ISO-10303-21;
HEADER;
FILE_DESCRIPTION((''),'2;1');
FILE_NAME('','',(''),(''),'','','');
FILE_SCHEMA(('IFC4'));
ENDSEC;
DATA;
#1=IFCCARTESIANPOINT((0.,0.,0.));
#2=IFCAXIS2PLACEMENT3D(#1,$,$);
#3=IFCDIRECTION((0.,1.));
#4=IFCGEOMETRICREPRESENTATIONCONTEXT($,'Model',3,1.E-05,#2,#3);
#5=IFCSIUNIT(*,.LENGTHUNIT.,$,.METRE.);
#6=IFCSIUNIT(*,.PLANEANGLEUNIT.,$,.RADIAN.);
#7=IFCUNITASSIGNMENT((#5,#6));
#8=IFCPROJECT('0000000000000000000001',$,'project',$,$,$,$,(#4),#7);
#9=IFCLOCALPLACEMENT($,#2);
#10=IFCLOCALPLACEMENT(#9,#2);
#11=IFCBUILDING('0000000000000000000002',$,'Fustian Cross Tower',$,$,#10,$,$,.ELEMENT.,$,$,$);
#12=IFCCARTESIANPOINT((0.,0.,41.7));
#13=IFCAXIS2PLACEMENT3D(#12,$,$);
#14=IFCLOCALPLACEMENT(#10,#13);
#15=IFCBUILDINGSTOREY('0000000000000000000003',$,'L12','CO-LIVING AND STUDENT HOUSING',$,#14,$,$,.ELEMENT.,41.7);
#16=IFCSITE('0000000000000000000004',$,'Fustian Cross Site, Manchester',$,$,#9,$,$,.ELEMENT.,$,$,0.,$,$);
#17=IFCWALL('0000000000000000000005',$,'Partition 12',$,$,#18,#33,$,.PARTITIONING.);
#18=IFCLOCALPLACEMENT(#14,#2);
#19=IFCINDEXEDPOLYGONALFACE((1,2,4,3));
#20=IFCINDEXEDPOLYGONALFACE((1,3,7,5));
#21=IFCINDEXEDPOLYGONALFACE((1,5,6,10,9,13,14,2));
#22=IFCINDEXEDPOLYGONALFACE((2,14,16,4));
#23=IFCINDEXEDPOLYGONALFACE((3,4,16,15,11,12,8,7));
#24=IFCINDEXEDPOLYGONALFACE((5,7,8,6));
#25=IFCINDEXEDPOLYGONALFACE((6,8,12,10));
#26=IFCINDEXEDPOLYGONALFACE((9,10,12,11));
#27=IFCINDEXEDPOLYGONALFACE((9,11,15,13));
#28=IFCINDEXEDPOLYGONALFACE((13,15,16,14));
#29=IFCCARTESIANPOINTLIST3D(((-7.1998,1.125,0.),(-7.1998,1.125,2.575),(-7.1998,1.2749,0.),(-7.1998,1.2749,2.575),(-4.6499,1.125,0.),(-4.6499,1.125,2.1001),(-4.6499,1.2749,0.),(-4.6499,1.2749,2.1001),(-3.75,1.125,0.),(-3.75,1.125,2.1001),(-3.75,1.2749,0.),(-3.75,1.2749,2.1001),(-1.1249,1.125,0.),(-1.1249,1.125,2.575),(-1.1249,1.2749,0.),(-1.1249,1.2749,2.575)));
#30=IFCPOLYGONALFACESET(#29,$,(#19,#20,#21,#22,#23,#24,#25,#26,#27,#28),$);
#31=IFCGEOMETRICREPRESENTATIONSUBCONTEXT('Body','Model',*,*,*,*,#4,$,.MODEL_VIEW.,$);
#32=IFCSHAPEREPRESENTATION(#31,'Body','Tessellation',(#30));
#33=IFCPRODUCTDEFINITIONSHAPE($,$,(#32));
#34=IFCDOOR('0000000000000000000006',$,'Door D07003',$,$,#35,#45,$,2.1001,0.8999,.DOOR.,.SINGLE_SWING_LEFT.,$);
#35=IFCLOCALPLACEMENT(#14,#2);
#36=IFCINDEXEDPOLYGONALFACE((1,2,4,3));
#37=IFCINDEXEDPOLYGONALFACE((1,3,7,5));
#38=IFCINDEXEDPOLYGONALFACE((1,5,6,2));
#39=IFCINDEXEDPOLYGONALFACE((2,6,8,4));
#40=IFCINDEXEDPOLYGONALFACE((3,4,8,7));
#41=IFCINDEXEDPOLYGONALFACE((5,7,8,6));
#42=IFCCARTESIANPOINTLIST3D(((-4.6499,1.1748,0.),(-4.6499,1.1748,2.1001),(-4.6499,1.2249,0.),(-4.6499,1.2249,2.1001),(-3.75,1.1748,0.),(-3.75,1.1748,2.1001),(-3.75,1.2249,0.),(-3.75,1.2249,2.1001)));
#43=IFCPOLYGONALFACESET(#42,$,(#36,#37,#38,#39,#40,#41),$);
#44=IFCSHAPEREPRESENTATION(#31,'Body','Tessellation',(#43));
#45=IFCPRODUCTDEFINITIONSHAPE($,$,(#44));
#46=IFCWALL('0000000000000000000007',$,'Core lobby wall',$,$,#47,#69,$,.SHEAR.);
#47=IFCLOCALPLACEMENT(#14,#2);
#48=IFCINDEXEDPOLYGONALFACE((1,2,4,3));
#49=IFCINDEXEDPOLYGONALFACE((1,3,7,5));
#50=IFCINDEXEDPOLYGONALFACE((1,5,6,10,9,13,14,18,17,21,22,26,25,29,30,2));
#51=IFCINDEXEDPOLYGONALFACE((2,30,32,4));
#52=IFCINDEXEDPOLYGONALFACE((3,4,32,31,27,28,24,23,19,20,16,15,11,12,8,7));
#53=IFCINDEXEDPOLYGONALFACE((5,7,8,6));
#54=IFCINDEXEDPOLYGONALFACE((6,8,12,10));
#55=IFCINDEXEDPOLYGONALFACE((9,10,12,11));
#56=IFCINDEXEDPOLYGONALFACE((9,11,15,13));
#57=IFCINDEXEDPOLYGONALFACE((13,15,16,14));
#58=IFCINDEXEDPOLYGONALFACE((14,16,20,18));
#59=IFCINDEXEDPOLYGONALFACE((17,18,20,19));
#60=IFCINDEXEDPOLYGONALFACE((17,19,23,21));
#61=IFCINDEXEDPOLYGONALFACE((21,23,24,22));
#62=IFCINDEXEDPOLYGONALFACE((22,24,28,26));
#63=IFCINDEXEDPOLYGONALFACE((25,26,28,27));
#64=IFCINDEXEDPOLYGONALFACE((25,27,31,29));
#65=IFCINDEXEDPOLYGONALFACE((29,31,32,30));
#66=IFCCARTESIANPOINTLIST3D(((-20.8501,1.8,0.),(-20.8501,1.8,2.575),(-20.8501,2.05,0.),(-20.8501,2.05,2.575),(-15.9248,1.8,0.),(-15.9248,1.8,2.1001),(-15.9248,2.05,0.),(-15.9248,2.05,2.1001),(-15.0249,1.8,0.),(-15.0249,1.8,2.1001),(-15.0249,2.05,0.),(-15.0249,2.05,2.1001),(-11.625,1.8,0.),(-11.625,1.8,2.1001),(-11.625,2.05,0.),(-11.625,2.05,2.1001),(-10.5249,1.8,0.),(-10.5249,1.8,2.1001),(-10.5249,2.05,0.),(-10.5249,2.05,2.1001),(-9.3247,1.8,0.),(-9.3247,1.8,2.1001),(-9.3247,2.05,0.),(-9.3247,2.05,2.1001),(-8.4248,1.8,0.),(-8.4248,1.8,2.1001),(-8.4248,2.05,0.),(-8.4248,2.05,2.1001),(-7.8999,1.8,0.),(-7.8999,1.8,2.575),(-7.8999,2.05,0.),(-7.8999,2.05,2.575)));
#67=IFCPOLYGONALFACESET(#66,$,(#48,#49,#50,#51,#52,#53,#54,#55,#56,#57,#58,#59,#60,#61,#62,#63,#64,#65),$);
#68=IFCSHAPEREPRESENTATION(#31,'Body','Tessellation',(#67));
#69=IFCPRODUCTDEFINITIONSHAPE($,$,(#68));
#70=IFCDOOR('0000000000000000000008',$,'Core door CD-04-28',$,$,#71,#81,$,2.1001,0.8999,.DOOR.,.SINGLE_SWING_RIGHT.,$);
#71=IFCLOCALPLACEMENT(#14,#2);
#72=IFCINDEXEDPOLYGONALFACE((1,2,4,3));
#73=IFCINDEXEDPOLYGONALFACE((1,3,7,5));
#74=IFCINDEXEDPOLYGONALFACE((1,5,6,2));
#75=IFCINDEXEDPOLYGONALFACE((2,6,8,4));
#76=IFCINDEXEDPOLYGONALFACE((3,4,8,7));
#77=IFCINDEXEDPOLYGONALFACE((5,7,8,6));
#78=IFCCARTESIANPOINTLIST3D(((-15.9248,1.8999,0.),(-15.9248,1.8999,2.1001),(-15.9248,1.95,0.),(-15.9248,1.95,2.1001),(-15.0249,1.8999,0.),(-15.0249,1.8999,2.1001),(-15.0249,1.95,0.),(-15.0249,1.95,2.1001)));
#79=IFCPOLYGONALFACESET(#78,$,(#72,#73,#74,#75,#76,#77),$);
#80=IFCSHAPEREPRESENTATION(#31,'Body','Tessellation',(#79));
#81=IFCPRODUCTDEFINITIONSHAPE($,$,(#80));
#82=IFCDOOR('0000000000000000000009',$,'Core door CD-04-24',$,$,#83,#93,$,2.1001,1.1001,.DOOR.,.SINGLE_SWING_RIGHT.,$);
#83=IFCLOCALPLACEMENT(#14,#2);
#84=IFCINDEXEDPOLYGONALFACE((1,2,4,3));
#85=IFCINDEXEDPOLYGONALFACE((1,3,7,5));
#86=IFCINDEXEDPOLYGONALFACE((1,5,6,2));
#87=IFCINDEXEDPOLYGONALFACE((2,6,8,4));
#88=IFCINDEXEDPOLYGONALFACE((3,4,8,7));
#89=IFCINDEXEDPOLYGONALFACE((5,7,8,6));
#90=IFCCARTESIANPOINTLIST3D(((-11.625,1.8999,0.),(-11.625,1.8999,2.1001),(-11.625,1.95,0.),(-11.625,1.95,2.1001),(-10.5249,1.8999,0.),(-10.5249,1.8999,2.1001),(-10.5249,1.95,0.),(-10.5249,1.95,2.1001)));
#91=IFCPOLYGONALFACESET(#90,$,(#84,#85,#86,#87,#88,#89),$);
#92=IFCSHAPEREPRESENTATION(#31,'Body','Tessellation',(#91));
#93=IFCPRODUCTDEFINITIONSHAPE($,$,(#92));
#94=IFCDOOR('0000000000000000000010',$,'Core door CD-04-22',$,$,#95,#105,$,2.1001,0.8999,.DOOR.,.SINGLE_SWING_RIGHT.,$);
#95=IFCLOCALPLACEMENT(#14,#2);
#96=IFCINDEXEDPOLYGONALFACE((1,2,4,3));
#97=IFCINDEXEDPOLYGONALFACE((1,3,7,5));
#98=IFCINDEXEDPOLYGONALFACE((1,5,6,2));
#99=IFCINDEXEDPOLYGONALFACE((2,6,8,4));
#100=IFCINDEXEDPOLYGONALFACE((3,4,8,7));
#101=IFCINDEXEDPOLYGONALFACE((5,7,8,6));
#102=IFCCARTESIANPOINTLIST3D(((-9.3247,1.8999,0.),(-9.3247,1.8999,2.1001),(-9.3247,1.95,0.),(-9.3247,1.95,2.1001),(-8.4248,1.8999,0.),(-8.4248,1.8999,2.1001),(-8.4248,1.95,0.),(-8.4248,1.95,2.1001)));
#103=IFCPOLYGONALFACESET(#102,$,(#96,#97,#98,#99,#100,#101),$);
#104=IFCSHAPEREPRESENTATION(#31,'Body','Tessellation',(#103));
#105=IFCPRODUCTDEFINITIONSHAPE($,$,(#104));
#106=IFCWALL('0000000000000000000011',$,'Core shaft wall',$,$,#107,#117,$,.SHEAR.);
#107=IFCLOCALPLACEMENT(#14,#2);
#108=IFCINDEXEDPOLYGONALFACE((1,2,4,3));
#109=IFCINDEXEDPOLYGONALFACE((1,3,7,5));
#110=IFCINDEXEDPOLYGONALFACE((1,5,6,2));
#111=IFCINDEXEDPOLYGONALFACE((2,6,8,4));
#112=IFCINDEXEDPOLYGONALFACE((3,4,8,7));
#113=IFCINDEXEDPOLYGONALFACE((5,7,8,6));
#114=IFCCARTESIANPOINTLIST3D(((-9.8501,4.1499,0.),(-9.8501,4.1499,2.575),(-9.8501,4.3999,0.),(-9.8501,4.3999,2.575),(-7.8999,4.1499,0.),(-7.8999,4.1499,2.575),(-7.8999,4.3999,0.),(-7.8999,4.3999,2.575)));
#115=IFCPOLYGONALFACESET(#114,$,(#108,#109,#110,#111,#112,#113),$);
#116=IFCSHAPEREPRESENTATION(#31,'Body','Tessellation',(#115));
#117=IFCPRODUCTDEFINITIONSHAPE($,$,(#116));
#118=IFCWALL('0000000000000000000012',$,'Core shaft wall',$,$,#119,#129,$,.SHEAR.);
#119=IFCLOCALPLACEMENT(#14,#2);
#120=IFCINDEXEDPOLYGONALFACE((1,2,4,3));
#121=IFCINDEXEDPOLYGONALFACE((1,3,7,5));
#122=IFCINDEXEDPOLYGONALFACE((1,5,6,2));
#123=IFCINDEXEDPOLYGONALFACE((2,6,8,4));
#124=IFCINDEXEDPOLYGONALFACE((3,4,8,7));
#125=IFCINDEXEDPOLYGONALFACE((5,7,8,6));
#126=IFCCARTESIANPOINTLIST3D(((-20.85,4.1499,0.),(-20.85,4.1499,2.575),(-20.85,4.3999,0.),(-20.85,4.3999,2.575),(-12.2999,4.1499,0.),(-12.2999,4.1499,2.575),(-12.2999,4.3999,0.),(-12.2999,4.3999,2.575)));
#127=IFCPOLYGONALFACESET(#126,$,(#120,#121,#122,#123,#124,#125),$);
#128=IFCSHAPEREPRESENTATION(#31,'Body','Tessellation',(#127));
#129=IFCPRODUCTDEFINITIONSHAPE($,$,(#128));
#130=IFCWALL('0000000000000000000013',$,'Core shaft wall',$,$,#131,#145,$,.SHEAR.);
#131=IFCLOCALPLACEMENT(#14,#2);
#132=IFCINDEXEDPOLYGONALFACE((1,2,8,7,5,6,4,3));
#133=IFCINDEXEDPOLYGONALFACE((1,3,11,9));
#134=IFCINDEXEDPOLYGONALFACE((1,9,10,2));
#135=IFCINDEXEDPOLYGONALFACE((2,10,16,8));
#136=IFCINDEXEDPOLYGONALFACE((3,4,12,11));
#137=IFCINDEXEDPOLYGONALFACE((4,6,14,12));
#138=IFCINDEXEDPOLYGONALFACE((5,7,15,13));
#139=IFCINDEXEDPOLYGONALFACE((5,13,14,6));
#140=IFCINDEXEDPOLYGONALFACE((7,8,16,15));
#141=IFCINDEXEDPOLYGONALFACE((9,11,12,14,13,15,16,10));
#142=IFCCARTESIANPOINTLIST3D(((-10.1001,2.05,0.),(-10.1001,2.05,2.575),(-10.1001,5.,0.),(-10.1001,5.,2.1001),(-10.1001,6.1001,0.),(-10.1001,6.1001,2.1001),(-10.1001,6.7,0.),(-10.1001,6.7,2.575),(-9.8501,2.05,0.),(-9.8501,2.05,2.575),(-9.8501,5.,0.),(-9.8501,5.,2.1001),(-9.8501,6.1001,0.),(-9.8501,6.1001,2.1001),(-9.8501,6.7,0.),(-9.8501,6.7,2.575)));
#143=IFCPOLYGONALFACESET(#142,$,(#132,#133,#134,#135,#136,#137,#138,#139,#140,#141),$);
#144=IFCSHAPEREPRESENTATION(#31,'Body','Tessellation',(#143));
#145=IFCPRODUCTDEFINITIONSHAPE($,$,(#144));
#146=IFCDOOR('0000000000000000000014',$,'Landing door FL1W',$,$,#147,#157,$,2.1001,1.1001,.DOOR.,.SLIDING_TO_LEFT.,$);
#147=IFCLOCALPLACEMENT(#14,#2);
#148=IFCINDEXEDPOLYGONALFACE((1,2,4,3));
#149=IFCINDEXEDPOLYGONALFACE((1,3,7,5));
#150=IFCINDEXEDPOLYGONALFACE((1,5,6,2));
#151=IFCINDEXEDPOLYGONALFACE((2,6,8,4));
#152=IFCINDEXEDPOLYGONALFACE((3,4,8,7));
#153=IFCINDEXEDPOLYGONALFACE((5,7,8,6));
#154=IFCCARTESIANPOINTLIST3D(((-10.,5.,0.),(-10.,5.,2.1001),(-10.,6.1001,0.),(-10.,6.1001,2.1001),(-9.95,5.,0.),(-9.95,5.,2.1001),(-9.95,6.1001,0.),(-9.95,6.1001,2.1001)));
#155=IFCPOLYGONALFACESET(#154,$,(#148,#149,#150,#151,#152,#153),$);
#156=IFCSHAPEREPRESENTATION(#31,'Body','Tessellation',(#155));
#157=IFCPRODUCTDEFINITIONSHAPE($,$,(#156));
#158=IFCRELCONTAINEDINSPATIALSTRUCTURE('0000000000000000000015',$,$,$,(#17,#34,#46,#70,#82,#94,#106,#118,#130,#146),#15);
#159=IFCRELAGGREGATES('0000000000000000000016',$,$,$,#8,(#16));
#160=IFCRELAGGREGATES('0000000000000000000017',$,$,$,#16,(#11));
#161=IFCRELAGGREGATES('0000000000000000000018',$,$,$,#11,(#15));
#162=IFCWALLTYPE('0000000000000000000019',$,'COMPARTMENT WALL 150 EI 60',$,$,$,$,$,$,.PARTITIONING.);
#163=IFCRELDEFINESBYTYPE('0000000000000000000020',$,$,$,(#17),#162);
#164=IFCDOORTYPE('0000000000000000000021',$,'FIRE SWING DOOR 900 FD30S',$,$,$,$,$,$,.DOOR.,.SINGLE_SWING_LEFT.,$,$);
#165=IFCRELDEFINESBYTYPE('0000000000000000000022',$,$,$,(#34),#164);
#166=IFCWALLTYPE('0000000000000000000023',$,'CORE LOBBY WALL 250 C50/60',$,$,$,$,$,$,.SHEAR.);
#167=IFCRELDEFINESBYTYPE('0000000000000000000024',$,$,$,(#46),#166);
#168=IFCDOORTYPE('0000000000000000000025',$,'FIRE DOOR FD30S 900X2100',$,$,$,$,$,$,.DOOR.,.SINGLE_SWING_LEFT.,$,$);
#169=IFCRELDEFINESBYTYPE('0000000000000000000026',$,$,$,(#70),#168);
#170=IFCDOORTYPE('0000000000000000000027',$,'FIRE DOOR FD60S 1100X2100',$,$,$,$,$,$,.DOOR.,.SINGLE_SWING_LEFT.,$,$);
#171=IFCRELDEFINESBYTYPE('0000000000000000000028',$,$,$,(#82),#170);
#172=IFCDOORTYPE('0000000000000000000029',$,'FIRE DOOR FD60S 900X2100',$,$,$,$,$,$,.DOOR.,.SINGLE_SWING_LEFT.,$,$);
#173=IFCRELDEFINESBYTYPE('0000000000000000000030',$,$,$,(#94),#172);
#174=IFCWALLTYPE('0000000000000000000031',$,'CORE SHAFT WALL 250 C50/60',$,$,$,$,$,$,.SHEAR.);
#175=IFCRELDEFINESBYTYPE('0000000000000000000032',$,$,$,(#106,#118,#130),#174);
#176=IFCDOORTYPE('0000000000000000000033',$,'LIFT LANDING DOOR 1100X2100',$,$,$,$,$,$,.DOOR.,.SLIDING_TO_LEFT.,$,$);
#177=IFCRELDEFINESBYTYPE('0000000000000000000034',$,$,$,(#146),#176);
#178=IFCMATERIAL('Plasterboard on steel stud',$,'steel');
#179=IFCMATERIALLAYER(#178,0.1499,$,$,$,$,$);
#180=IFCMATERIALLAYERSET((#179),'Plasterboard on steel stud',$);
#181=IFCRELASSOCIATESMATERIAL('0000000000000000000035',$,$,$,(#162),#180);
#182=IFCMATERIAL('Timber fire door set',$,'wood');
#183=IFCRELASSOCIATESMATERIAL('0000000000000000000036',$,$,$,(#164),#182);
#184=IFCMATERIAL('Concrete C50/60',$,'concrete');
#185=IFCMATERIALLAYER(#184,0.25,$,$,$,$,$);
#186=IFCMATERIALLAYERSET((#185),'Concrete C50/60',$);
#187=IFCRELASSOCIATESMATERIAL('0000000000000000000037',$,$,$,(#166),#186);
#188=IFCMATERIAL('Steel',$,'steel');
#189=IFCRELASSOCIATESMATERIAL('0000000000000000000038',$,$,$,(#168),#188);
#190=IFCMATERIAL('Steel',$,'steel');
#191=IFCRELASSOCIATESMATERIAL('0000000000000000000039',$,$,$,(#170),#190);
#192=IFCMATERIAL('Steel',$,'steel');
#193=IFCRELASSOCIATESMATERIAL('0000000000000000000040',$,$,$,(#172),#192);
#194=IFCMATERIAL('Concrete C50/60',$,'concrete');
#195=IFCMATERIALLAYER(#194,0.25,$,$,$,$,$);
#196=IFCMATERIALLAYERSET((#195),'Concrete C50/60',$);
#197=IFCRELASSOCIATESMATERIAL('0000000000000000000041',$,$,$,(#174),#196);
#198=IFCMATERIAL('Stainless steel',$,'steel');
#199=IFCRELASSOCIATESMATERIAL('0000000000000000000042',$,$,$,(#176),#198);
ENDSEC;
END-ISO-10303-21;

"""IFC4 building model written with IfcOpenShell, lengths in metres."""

from ifc_helpers import new_model, si_unit, direction, frame, frame_2d, origin, place, context, subcontext, project, spatial, rectangle, extrude, material, layer, layer_set, type_object, element, fill, save


model = new_model("IFC4")

# Units and contexts
model_context = context("Model", 3, precision=1e-05, world=origin(), true_north=direction((0.0, 1.0)))
body_context = subcontext(model_context, "Body", "Model", "MODEL_VIEW")
ifc_project = project(units=[si_unit("LENGTHUNIT", "METRE"), si_unit("PLANEANGLEUNIT", "RADIAN")], contexts=[model_context])

# Site, building, storey
site_placement = place(None, origin())
site = spatial("IfcSite", under=ifc_project, at=site_placement, Name="Fustian Cross Site, Manchester", CompositionType="ELEMENT", RefElevation=0.0)
building_placement = place(site_placement, origin())
building = spatial("IfcBuilding", under=site, at=building_placement, Name="Fustian Cross Tower", CompositionType="ELEMENT")
storey_placement = place(building_placement, frame((0.0, 0.0, 41.7)))
storey = spatial("IfcBuildingStorey", under=building, at=storey_placement, Name="L12", Description="CO-LIVING AND STUDENT HOUSING", CompositionType="ELEMENT", Elevation=41.7)

# Wall, opening, door
ifc_material_1 = material(Name="Plasterboard on steel stud", Category="steel")
ifc_layer_1 = layer(ifc_material_1, 0.1499)
ifc_layer_set_1 = layer_set([ifc_layer_1], Name="Plasterboard on steel stud")
wall_type_1 = type_object("IfcWallType", Name="COMPARTMENT WALL 150 EI 60", PredefinedType="PARTITIONING", material=ifc_layer_set_1)
wall_1_placement = place(storey_placement, frame((-7.2, 1.2, 0.0), z_axis=(0.0, 0.0, 1.0), x_axis=(1.0, 0.0, 0.0)))
wall_1 = element("IfcWall", 1, at=wall_1_placement, inside=storey, type_object=wall_type_1, Name="Partition 12", PredefinedType="PARTITIONING", context=body_context, shape_type="SweptSolid", body=[
    extrude(rectangle(XDim=6.075, YDim=0.1499, at=frame_2d((3.0376, 0.0))), origin(), (0.0, 0.0, 1.0), 2.575),
])
opening_1_placement = place(wall_1_placement, frame((2.55, 0.0, 0.0)))
opening_1 = element("IfcOpeningElement", 2, at=opening_1_placement, cuts=wall_1, PredefinedType="OPENING", context=body_context, shape_type="SweptSolid", body=[
    extrude(rectangle(XDim=0.8999, YDim=2.1001, at=frame_2d((0.45, 1.05))), frame((0.0, 0.085, 0.0), z_axis=(0.0, -1.0, 0.0), x_axis=(1.0, 0.0, 0.0)), (0.0, 0.0, 1.0), 0.1699),
])
ifc_material_2 = material(Name="Timber fire door set", Category="wood")
door_type_1 = type_object("IfcDoorType", Name="FIRE SWING DOOR 900 FD30S", OperationType="SINGLE_SWING_LEFT", PredefinedType="DOOR", material=ifc_material_2)
door_1_placement = place(opening_1_placement, origin())
door_1 = element("IfcDoor", 3, at=door_1_placement, inside=storey, type_object=door_type_1, Name="Door D07003", OperationType="SINGLE_SWING_LEFT", OverallHeight=2.1001, OverallWidth=0.8999, PredefinedType="DOOR", context=body_context, shape_type="SweptSolid", body=[
    extrude(rectangle(XDim=0.8999, YDim=2.1001, at=frame_2d((0.45, 1.05))), frame((0.0, 0.0249, 0.0), z_axis=(0.0, -1.0, 0.0), x_axis=(1.0, 0.0, 0.0)), (0.0, 0.0, 1.0), 0.05),
])
fill(opening_1, door_1)

# Wall, openings, doors
ifc_material_3 = material(Name="Concrete C50/60", Category="concrete")
ifc_layer_2 = layer(ifc_material_3, 0.25)
ifc_layer_set_2 = layer_set([ifc_layer_2], Name="Concrete C50/60")
wall_type_2 = type_object("IfcWallType", Name="CORE LOBBY WALL 250 C50/60", PredefinedType="SHEAR", material=ifc_layer_set_2)
wall_2_placement = place(storey_placement, frame((-7.8999, 1.925, 0.0), z_axis=(0.0, 0.0, 1.0), x_axis=(-1.0, 0.0, 0.0)))
wall_2 = element("IfcWall", 4, at=wall_2_placement, inside=storey, type_object=wall_type_2, Name="Core lobby wall", PredefinedType="SHEAR", context=body_context, shape_type="SweptSolid", body=[
    extrude(rectangle(XDim=12.9502, YDim=0.25, at=frame_2d((6.4751, 0.0))), origin(), (0.0, 0.0, 1.0), 2.575),
])
opening_2_placement = place(wall_2_placement, frame((0.5249, 0.0, 0.0)))
opening_2 = element("IfcOpeningElement", 5, at=opening_2_placement, cuts=wall_2, PredefinedType="OPENING", context=body_context, shape_type="SweptSolid", body=[
    extrude(rectangle(XDim=0.8999, YDim=2.1001, at=frame_2d((0.45, 1.05))), frame((0.0, 0.135, 0.0), z_axis=(0.0, -1.0, 0.0), x_axis=(1.0, 0.0, 0.0)), (0.0, 0.0, 1.0), 0.27),
])
opening_3_placement = place(wall_2_placement, frame((2.625, 0.0, 0.0)))
opening_3 = element("IfcOpeningElement", 6, at=opening_3_placement, cuts=wall_2, PredefinedType="OPENING", context=body_context, shape_type="SweptSolid", body=[
    extrude(rectangle(XDim=1.1001, YDim=2.1001, at=frame_2d((0.55, 1.05))), frame((0.0, 0.135, 0.0), z_axis=(0.0, -1.0, 0.0), x_axis=(1.0, 0.0, 0.0)), (0.0, 0.0, 1.0), 0.27),
])
opening_4_placement = place(wall_2_placement, frame((7.125, 0.0, 0.0)))
opening_4 = element("IfcOpeningElement", 7, at=opening_4_placement, cuts=wall_2, PredefinedType="OPENING", context=body_context, shape_type="SweptSolid", body=[
    extrude(rectangle(XDim=0.8999, YDim=2.1001, at=frame_2d((0.45, 1.05))), frame((0.0, 0.135, 0.0), z_axis=(0.0, -1.0, 0.0), x_axis=(1.0, 0.0, 0.0)), (0.0, 0.0, 1.0), 0.27),
])
ifc_material_4 = material(Name="Steel", Category="steel")
door_type_2 = type_object("IfcDoorType", Name="FIRE DOOR FD30S 900X2100", OperationType="SINGLE_SWING_LEFT", PredefinedType="DOOR", material=ifc_material_4)
door_2_placement = place(opening_4_placement, frame((0.8999, 0.0, 0.0), z_axis=(0.0, 0.0, 1.0), x_axis=(-1.0, 0.0, 0.0)))
door_2 = element("IfcDoor", 8, at=door_2_placement, inside=storey, type_object=door_type_2, Name="Core door CD-04-28", OperationType="SINGLE_SWING_RIGHT", OverallHeight=2.1001, OverallWidth=0.8999, PredefinedType="DOOR", context=body_context, shape_type="SweptSolid", body=[
    extrude(rectangle(XDim=0.8999, YDim=2.1001, at=frame_2d((0.45, 1.05))), frame((0.0, 0.0249, 0.0), z_axis=(0.0, -1.0, 0.0), x_axis=(1.0, 0.0, 0.0)), (0.0, 0.0, 1.0), 0.05),
])
fill(opening_4, door_2)
ifc_material_5 = material(Name="Steel", Category="steel")
door_type_3 = type_object("IfcDoorType", Name="FIRE DOOR FD60S 1100X2100", OperationType="SINGLE_SWING_LEFT", PredefinedType="DOOR", material=ifc_material_5)
door_3_placement = place(opening_3_placement, frame((1.1001, 0.0, 0.0), z_axis=(0.0, 0.0, 1.0), x_axis=(-1.0, 0.0, 0.0)))
door_3 = element("IfcDoor", 9, at=door_3_placement, inside=storey, type_object=door_type_3, Name="Core door CD-04-24", OperationType="SINGLE_SWING_RIGHT", OverallHeight=2.1001, OverallWidth=1.1001, PredefinedType="DOOR", context=body_context, shape_type="SweptSolid", body=[
    extrude(rectangle(XDim=1.1001, YDim=2.1001, at=frame_2d((0.55, 1.05))), frame((0.0, 0.0249, 0.0), z_axis=(0.0, -1.0, 0.0), x_axis=(1.0, 0.0, 0.0)), (0.0, 0.0, 1.0), 0.05),
])
fill(opening_3, door_3)
ifc_material_6 = material(Name="Steel", Category="steel")
door_type_4 = type_object("IfcDoorType", Name="FIRE DOOR FD60S 900X2100", OperationType="SINGLE_SWING_LEFT", PredefinedType="DOOR", material=ifc_material_6)
door_4_placement = place(opening_2_placement, frame((0.8999, 0.0, 0.0), z_axis=(0.0, 0.0, 1.0), x_axis=(-1.0, 0.0, 0.0)))
door_4 = element("IfcDoor", 10, at=door_4_placement, inside=storey, type_object=door_type_4, Name="Core door CD-04-22", OperationType="SINGLE_SWING_RIGHT", OverallHeight=2.1001, OverallWidth=0.8999, PredefinedType="DOOR", context=body_context, shape_type="SweptSolid", body=[
    extrude(rectangle(XDim=0.8999, YDim=2.1001, at=frame_2d((0.45, 1.05))), frame((0.0, 0.0249, 0.0), z_axis=(0.0, -1.0, 0.0), x_axis=(1.0, 0.0, 0.0)), (0.0, 0.0, 1.0), 0.05),
])
fill(opening_2, door_4)

# Walls
ifc_material_7 = material(Name="Concrete C50/60", Category="concrete")
ifc_layer_3 = layer(ifc_material_7, 0.25)
ifc_layer_set_3 = layer_set([ifc_layer_3], Name="Concrete C50/60")
wall_type_3 = type_object("IfcWallType", Name="CORE SHAFT WALL 250 C50/60", PredefinedType="SHEAR", material=ifc_layer_set_3)
wall_3_placement = place(storey_placement, frame((-7.8999, 4.2749, 0.0), z_axis=(0.0, 0.0, 1.0), x_axis=(-1.0, 0.0, 0.0)))
element("IfcWall", 11, at=wall_3_placement, inside=storey, type_object=wall_type_3, Name="Core shaft wall", PredefinedType="SHEAR", context=body_context, shape_type="SweptSolid", body=[
    extrude(rectangle(XDim=1.9502, YDim=0.25, at=frame_2d((0.9751, 0.0))), origin(), (0.0, 0.0, 1.0), 2.575),
])
wall_4_placement = place(storey_placement, frame((-12.3, 4.2749, 0.0), z_axis=(0.0, 0.0, 1.0), x_axis=(-1.0, 0.0, 0.0)))
element("IfcWall", 12, at=wall_4_placement, inside=storey, type_object=wall_type_3, Name="Core shaft wall", PredefinedType="SHEAR", context=body_context, shape_type="SweptSolid", body=[
    extrude(rectangle(XDim=8.55, YDim=0.25, at=frame_2d((4.2749, 0.0))), origin(), (0.0, 0.0, 1.0), 2.575),
])

# Wall, opening, door
wall_5_placement = place(storey_placement, frame((-9.9751, 2.05, 0.0), z_axis=(0.0, 0.0, 1.0), x_axis=(0.0, 1.0, 0.0)))
wall_5 = element("IfcWall", 13, at=wall_5_placement, inside=storey, type_object=wall_type_3, Name="Core shaft wall", PredefinedType="SHEAR", context=body_context, shape_type="SweptSolid", body=[
    extrude(rectangle(XDim=4.6499, YDim=0.25, at=frame_2d((2.325, 0.0))), origin(), (0.0, 0.0, 1.0), 2.575),
])
opening_5_placement = place(wall_5_placement, frame((2.95, 0.0, 0.0)))
opening_5 = element("IfcOpeningElement", 14, at=opening_5_placement, cuts=wall_5, PredefinedType="OPENING", context=body_context, shape_type="SweptSolid", body=[
    extrude(rectangle(XDim=1.1001, YDim=2.1001, at=frame_2d((0.55, 1.05))), frame((0.0, 0.135, 0.0), z_axis=(0.0, -1.0, 0.0), x_axis=(1.0, 0.0, 0.0)), (0.0, 0.0, 1.0), 0.27),
])
ifc_material_8 = material(Name="Stainless steel", Category="steel")
door_type_5 = type_object("IfcDoorType", Name="LIFT LANDING DOOR 1100X2100", OperationType="SLIDING_TO_LEFT", PredefinedType="DOOR", material=ifc_material_8)
door_5_placement = place(opening_5_placement, origin())
door_5 = element("IfcDoor", 15, at=door_5_placement, inside=storey, type_object=door_type_5, Name="Landing door FL1W", OperationType="SLIDING_TO_LEFT", OverallHeight=2.1001, OverallWidth=1.1001, PredefinedType="DOOR", context=body_context, shape_type="SweptSolid", body=[
    extrude(rectangle(XDim=1.1001, YDim=2.1001, at=frame_2d((0.55, 1.05))), frame((0.0, 0.0249, 0.0), z_axis=(0.0, -1.0, 0.0), x_axis=(1.0, 0.0, 0.0)), (0.0, 0.0, 1.0), 0.05),
])
fill(opening_5, door_5)

save(model, "model.ifc")
